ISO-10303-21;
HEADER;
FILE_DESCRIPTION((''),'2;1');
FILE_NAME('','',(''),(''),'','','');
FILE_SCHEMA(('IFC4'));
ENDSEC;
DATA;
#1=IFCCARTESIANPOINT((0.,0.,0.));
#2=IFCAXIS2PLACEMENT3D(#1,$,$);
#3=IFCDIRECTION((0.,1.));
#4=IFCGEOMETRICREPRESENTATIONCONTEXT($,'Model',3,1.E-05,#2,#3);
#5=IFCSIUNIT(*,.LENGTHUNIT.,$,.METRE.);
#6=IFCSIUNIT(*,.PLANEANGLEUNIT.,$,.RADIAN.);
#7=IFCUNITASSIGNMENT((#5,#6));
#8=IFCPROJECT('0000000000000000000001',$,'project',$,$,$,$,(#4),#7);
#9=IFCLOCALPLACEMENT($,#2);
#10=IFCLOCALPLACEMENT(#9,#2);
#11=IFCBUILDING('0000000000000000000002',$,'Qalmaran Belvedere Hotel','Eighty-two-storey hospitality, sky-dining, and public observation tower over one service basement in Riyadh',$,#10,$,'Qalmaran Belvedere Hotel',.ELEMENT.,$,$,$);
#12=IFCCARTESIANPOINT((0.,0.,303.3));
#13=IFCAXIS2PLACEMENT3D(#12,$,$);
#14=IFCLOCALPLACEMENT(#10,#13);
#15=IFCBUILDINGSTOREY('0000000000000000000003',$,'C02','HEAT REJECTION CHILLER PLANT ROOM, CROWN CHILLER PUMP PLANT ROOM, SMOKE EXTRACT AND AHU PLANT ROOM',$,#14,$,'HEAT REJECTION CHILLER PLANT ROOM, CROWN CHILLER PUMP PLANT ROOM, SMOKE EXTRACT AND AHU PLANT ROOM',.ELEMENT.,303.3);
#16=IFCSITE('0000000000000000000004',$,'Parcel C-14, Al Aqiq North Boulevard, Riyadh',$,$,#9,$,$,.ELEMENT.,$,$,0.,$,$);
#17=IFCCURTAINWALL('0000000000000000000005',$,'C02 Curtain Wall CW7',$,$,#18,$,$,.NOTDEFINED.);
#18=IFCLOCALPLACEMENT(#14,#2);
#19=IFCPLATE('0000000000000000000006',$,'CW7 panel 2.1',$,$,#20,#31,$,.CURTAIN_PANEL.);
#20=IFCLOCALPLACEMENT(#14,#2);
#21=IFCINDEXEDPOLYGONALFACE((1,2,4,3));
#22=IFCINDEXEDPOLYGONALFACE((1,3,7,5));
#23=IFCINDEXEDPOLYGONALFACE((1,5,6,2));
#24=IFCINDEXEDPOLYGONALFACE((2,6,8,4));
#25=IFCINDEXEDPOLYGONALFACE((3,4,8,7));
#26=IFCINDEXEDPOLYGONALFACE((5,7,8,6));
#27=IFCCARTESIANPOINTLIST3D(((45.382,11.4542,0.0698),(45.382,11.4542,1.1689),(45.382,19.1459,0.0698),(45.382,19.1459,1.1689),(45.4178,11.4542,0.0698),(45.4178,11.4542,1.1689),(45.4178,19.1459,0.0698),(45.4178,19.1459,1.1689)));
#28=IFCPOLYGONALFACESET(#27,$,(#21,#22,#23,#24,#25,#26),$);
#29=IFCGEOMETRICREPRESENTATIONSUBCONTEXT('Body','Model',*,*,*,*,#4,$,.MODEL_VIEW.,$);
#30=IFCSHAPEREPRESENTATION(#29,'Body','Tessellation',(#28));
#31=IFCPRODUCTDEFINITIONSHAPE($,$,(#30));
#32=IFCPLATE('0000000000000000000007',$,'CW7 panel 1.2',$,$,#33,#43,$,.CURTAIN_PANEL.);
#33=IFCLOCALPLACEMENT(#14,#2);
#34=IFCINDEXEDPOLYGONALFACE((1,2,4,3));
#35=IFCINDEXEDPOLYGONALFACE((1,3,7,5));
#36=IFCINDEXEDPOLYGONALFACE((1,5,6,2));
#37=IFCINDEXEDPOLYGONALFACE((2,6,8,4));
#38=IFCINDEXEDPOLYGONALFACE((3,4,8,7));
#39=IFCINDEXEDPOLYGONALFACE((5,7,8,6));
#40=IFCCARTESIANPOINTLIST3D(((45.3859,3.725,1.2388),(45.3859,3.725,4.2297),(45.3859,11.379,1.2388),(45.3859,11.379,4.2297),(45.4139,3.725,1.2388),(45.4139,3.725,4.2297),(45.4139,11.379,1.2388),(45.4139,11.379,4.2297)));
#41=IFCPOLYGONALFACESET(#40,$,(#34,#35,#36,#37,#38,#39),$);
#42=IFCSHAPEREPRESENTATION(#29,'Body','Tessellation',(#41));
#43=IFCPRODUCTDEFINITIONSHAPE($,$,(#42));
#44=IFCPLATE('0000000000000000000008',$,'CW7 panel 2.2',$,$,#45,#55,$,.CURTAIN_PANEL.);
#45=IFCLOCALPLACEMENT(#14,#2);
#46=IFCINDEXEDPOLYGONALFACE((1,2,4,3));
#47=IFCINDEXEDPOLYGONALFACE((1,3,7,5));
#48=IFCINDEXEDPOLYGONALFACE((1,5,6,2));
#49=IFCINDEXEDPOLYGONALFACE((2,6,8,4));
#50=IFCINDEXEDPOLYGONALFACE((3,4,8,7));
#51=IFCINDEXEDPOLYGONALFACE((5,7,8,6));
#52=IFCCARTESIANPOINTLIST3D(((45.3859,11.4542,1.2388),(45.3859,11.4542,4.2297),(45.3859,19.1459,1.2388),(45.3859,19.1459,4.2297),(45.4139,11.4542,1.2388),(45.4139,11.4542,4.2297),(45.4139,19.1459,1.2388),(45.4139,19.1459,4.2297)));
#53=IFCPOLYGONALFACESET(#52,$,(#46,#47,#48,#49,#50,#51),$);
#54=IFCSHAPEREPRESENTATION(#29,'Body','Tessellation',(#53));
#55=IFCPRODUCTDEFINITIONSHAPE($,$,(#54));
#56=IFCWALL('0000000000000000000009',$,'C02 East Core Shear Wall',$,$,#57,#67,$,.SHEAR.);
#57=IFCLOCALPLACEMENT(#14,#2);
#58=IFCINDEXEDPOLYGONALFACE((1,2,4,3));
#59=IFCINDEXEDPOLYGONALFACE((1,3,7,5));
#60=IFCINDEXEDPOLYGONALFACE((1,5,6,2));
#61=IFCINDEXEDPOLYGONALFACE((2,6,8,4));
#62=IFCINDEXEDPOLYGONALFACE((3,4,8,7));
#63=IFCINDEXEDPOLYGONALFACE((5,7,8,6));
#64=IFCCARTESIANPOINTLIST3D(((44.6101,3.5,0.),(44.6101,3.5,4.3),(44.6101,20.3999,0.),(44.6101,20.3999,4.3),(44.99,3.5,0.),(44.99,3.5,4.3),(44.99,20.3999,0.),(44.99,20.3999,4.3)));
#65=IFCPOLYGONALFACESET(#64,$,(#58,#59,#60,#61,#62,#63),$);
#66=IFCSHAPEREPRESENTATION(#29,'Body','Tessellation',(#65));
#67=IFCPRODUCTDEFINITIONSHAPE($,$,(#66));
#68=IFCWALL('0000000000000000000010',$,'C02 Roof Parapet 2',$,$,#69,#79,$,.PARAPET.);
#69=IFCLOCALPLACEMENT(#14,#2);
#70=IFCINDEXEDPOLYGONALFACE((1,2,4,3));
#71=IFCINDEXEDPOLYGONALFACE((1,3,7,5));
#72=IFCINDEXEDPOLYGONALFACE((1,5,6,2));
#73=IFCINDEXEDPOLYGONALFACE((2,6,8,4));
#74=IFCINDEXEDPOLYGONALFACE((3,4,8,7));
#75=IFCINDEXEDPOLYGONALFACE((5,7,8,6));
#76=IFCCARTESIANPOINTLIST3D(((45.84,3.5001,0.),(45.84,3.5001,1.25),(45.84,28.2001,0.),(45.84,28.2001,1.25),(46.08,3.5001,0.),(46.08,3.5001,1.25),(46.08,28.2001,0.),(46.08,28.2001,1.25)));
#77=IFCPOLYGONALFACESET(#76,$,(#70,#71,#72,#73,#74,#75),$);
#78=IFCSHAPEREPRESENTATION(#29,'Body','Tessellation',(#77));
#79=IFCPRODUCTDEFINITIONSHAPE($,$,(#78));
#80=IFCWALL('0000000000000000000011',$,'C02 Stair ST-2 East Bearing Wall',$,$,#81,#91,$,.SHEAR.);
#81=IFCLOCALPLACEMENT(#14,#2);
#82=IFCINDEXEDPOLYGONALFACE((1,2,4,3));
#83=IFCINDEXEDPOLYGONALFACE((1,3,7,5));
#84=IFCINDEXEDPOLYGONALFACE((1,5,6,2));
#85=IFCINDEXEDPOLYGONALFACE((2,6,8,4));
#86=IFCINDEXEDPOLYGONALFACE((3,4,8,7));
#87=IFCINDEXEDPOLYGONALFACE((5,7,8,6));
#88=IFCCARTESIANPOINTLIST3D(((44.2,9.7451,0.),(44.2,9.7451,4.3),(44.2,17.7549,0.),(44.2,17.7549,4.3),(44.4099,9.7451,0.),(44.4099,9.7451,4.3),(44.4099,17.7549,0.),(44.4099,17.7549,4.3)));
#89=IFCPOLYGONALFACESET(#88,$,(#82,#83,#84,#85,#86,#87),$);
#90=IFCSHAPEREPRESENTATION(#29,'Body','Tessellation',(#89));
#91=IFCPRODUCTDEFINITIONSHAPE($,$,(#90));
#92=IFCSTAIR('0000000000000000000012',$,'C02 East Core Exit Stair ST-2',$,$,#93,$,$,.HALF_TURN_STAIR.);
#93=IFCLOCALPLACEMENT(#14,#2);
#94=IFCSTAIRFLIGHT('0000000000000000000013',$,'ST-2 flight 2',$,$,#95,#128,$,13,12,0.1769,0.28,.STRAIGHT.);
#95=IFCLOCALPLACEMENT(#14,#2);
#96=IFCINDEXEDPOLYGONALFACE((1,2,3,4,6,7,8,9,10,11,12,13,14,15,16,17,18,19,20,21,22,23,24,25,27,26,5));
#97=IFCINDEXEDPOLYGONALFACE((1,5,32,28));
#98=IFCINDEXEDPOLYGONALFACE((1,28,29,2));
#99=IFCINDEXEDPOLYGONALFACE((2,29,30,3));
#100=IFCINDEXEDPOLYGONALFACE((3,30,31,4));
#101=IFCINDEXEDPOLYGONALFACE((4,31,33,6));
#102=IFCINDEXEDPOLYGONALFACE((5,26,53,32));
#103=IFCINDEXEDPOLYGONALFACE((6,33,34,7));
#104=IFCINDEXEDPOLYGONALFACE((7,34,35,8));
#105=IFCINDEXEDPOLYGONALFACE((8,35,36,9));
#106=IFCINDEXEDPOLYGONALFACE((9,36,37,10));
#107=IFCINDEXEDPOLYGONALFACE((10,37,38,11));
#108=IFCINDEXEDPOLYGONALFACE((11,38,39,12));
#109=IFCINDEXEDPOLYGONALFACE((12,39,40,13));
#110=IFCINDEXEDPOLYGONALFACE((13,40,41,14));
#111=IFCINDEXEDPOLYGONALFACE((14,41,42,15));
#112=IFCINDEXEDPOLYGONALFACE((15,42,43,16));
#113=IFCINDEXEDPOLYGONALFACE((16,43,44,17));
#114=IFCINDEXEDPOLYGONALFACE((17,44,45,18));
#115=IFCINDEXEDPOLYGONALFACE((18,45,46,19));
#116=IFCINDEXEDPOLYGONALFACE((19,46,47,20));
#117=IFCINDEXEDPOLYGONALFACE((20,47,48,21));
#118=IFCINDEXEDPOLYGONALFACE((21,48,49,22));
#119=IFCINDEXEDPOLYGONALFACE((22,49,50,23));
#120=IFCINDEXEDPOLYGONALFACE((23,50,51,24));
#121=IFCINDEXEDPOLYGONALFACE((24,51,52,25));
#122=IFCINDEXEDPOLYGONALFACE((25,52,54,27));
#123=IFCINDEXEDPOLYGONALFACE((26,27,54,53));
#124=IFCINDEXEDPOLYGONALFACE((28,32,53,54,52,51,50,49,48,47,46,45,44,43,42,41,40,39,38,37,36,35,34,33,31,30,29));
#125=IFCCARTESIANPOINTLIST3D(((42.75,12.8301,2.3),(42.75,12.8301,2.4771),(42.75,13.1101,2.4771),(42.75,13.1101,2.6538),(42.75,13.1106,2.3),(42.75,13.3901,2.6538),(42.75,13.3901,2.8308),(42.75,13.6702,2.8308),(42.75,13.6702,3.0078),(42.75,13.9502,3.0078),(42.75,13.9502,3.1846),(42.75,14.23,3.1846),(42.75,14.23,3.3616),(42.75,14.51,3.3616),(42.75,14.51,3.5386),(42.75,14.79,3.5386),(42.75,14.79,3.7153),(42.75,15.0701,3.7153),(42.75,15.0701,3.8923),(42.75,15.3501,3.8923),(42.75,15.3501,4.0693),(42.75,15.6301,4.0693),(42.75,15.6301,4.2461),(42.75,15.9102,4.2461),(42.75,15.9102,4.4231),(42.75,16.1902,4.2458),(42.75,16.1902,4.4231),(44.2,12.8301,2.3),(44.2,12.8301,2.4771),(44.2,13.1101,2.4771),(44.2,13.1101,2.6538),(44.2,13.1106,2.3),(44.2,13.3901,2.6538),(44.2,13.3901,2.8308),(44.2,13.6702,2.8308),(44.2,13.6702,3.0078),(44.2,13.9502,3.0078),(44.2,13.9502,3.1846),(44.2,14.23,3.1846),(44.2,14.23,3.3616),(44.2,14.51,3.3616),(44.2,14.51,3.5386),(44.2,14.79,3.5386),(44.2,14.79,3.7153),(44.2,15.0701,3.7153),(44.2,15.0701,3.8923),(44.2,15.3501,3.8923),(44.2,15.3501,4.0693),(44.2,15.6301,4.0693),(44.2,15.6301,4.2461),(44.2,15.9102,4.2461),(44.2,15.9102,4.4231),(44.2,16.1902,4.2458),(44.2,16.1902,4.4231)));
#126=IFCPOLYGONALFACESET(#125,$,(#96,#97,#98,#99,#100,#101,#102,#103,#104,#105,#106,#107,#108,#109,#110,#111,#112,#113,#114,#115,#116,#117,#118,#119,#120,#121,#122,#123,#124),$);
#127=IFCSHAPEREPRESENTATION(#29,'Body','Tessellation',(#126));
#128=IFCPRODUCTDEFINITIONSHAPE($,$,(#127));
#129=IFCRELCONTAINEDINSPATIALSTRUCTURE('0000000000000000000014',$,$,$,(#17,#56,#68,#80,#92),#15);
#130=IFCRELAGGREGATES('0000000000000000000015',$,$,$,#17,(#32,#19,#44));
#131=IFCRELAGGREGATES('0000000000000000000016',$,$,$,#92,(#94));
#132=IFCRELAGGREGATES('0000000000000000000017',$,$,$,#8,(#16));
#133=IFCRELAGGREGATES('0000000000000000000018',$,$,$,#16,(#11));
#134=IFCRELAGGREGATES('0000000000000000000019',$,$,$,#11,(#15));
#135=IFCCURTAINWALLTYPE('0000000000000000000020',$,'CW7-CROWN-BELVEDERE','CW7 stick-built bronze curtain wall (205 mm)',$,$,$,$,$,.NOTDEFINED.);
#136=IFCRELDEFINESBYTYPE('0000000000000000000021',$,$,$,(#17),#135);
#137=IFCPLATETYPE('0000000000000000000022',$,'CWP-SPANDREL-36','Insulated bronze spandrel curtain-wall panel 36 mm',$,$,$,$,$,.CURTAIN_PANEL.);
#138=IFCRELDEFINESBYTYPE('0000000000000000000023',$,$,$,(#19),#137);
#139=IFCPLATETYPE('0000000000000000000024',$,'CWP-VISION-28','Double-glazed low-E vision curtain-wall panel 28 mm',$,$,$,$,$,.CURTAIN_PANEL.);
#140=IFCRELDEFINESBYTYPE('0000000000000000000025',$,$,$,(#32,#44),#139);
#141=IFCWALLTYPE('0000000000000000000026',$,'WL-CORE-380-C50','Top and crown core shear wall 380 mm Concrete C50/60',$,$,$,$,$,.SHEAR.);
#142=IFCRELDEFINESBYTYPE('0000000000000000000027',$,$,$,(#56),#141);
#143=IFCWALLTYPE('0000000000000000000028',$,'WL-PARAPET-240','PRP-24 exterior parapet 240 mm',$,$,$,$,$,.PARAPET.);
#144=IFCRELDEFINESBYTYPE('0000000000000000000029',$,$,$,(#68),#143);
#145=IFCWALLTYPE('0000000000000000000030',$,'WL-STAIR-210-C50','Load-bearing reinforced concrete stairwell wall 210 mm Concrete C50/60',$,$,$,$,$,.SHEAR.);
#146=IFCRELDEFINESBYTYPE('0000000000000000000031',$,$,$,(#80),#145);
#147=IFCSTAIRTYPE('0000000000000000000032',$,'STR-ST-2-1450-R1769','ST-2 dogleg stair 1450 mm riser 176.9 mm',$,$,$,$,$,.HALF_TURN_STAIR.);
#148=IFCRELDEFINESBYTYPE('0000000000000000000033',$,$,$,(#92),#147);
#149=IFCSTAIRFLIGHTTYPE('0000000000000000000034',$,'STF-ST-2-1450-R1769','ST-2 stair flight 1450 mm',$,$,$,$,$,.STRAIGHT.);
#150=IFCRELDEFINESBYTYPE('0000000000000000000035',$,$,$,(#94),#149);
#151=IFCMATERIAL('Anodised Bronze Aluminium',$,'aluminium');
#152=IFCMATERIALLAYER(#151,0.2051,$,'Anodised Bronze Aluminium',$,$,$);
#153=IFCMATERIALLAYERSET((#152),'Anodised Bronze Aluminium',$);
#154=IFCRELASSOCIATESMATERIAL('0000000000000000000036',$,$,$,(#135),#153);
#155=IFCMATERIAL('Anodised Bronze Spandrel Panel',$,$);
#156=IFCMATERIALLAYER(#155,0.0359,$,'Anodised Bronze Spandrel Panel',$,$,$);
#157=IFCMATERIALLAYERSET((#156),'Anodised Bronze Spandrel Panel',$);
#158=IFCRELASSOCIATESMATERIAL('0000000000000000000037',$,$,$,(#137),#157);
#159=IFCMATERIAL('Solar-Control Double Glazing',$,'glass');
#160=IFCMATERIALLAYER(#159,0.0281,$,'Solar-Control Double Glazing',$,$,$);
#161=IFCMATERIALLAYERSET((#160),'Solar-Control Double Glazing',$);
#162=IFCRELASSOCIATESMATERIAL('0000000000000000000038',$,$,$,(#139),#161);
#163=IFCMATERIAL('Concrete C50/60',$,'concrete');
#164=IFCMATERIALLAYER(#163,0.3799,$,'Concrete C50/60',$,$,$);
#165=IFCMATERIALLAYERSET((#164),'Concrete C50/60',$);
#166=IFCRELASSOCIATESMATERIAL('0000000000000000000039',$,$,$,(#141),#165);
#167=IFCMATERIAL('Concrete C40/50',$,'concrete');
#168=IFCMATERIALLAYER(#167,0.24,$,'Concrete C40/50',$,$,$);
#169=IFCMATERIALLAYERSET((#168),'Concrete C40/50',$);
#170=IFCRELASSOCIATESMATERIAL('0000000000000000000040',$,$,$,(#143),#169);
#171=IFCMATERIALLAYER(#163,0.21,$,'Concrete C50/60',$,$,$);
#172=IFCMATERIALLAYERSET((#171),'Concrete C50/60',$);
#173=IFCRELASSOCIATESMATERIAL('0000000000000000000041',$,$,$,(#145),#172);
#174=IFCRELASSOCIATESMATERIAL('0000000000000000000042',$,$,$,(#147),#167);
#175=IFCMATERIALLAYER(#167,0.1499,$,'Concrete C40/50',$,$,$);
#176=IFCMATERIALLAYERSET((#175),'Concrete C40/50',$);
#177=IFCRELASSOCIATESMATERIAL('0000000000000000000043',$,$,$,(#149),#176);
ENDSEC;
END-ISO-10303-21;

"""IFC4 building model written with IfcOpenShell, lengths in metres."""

from ifc_helpers import new_model, si_unit, direction, frame, frame_2d, origin, origin_2d, place, context, subcontext, project, spatial, polyline, rectangle, outline, extrude, material, layer, layer_set, type_object, element, aggregate, save


model = new_model("IFC4")

# Units and contexts
model_context = context("Model", 3, precision=1e-05, world=origin(), true_north=direction((0.0, 1.0)))
body_context = subcontext(model_context, "Body", "Model", "MODEL_VIEW")
ifc_project = project(units=[si_unit("LENGTHUNIT", "METRE"), si_unit("PLANEANGLEUNIT", "RADIAN")], contexts=[model_context])

# Site, building, storey
site_placement = place(None, origin())
site = spatial("IfcSite", under=ifc_project, at=site_placement, Name="Parcel C-14, Al Aqiq North Boulevard, Riyadh", CompositionType="ELEMENT", RefElevation=0.0)
building_placement = place(site_placement, origin())
building = spatial("IfcBuilding", under=site, at=building_placement, Name="Qalmaran Belvedere Hotel", Description="Eighty-two-storey hospitality, sky-dining, and public observation tower over one service basement in Riyadh", LongName="Qalmaran Belvedere Hotel", CompositionType="ELEMENT")
storey_placement = place(building_placement, frame((0.0, 0.0, 303.3)))
storey = spatial("IfcBuildingStorey", under=building, at=storey_placement, Name="C02", Description="HEAT REJECTION CHILLER PLANT ROOM, CROWN CHILLER PUMP PLANT ROOM, SMOKE EXTRACT AND AHU PLANT ROOM", LongName="HEAT REJECTION CHILLER PLANT ROOM, CROWN CHILLER PUMP PLANT ROOM, SMOKE EXTRACT AND AHU PLANT ROOM", CompositionType="ELEMENT", Elevation=303.3)

# Shared definitions
ifc_material_1 = material(Name="Concrete C50/60", Category="concrete")

# Curtain wall, plates
ifc_material_2 = material(Name="Anodised Bronze Aluminium", Category="aluminium")
ifc_layer_1 = layer(ifc_material_2, 0.2051, Name="Anodised Bronze Aluminium")
ifc_layer_set_1 = layer_set([ifc_layer_1], Name="Anodised Bronze Aluminium")
curtain_wall_type = type_object("IfcCurtainWallType", Name="CW7-CROWN-BELVEDERE", Description="CW7 stick-built bronze curtain wall (205 mm)", PredefinedType="NOTDEFINED", material=ifc_layer_set_1)
curtain_wall_placement = place(storey_placement, origin())
curtain_wall = element("IfcCurtainWall", 1, at=curtain_wall_placement, inside=storey, type_object=curtain_wall_type, Name="C02 Curtain Wall CW7", PredefinedType="NOTDEFINED")
ifc_material_3 = material(Name="Anodised Bronze Spandrel Panel")
ifc_layer_2 = layer(ifc_material_3, 0.0359, Name="Anodised Bronze Spandrel Panel")
ifc_layer_set_2 = layer_set([ifc_layer_2], Name="Anodised Bronze Spandrel Panel")
plate_type_1 = type_object("IfcPlateType", Name="CWP-SPANDREL-36", Description="Insulated bronze spandrel curtain-wall panel 36 mm", PredefinedType="CURTAIN_PANEL", material=ifc_layer_set_2)
plate_1_placement = place(storey_placement, frame((45.3999, 15.3, 0.0698), z_axis=(0.0, 0.0, 1.0), x_axis=(0.0, 1.0, 0.0)))
plate_1 = element("IfcPlate", 2, at=plate_1_placement, type_object=plate_type_1, Name="CW7 panel 2.1", PredefinedType="CURTAIN_PANEL", context=body_context, shape_type="SweptSolid", body=[
    extrude(rectangle(XDim=7.6917, YDim=0.0359, at=origin_2d()), origin(), (0.0, 0.0, 1.0), 1.0991),
])
ifc_material_4 = material(Name="Solar-Control Double Glazing", Category="glass")
ifc_layer_3 = layer(ifc_material_4, 0.0281, Name="Solar-Control Double Glazing")
ifc_layer_set_3 = layer_set([ifc_layer_3], Name="Solar-Control Double Glazing")
plate_type_2 = type_object("IfcPlateType", Name="CWP-VISION-28", Description="Double-glazed low-E vision curtain-wall panel 28 mm", PredefinedType="CURTAIN_PANEL", material=ifc_layer_set_3)
plate_2_placement = place(storey_placement, frame((45.3999, 7.552, 1.2388), z_axis=(0.0, 0.0, 1.0), x_axis=(0.0, 1.0, 0.0)))
plate_2 = element("IfcPlate", 3, at=plate_2_placement, type_object=plate_type_2, Name="CW7 panel 1.2", PredefinedType="CURTAIN_PANEL", context=body_context, shape_type="SweptSolid", body=[
    extrude(rectangle(XDim=7.6541, YDim=0.0281, at=origin_2d()), origin(), (0.0, 0.0, 1.0), 2.991),
])
plate_3_placement = place(storey_placement, frame((45.3999, 15.3, 1.2388), z_axis=(0.0, 0.0, 1.0), x_axis=(0.0, 1.0, 0.0)))
plate_3 = element("IfcPlate", 4, at=plate_3_placement, type_object=plate_type_2, Name="CW7 panel 2.2", PredefinedType="CURTAIN_PANEL", context=body_context, shape_type="SweptSolid", body=[
    extrude(rectangle(XDim=7.6917, YDim=0.0281, at=origin_2d()), origin(), (0.0, 0.0, 1.0), 2.991),
])
aggregate(curtain_wall, [plate_2, plate_1, plate_3])

# Walls
ifc_layer_4 = layer(ifc_material_1, 0.3799, Name="Concrete C50/60")
ifc_layer_set_4 = layer_set([ifc_layer_4], Name="Concrete C50/60")
wall_type_1 = type_object("IfcWallType", Name="WL-CORE-380-C50", Description="Top and crown core shear wall 380 mm Concrete C50/60", PredefinedType="SHEAR", material=ifc_layer_set_4)
wall_1_placement = place(storey_placement, frame((44.8, 3.5, 0.0), z_axis=(0.0, 0.0, 1.0), x_axis=(0.0, 1.0, 0.0)))
element("IfcWall", 5, at=wall_1_placement, inside=storey, type_object=wall_type_1, Name="C02 East Core Shear Wall", PredefinedType="SHEAR", context=body_context, shape_type="SweptSolid", body=[
    extrude(rectangle(XDim=16.8999, YDim=0.3799, at=frame_2d((8.45, 0.0))), origin(), (0.0, 0.0, 1.0), 4.3),
])
ifc_material_5 = material(Name="Concrete C40/50", Category="concrete")
ifc_layer_5 = layer(ifc_material_5, 0.24, Name="Concrete C40/50")
ifc_layer_set_5 = layer_set([ifc_layer_5], Name="Concrete C40/50")
wall_type_2 = type_object("IfcWallType", Name="WL-PARAPET-240", Description="PRP-24 exterior parapet 240 mm", PredefinedType="PARAPET", material=ifc_layer_set_5)
wall_2_placement = place(storey_placement, frame((45.96, 3.5, 0.0), z_axis=(0.0, 0.0, 1.0), x_axis=(0.0, 1.0, 0.0)))
element("IfcWall", 6, at=wall_2_placement, inside=storey, type_object=wall_type_2, Name="C02 Roof Parapet 2", PredefinedType="PARAPET", context=body_context, shape_type="SweptSolid", body=[
    extrude(rectangle(XDim=24.7, YDim=0.24, at=frame_2d((12.3501, 0.0))), origin(), (0.0, 0.0, 1.0), 1.25),
])
ifc_layer_6 = layer(ifc_material_1, 0.21, Name="Concrete C50/60")
ifc_layer_set_6 = layer_set([ifc_layer_6], Name="Concrete C50/60")
wall_type_3 = type_object("IfcWallType", Name="WL-STAIR-210-C50", Description="Load-bearing reinforced concrete stairwell wall 210 mm Concrete C50/60", PredefinedType="SHEAR", material=ifc_layer_set_6)
wall_3_placement = place(storey_placement, frame((44.3049, 9.7451, 0.0), z_axis=(0.0, 0.0, 1.0), x_axis=(0.0, 1.0, 0.0)))
element("IfcWall", 7, at=wall_3_placement, inside=storey, type_object=wall_type_3, Name="C02 Stair ST-2 East Bearing Wall", PredefinedType="SHEAR", context=body_context, shape_type="SweptSolid", body=[
    extrude(rectangle(XDim=8.0098, YDim=0.21, at=frame_2d((4.0049, 0.0))), origin(), (0.0, 0.0, 1.0), 4.3),
])

# Stair, stair flight
stair_type = type_object("IfcStairType", Name="STR-ST-2-1450-R1769", Description="ST-2 dogleg stair 1450 mm riser 176.9 mm", PredefinedType="HALF_TURN_STAIR", material=ifc_material_5)
stair_placement = place(storey_placement, origin())
stair = element("IfcStair", 8, at=stair_placement, inside=storey, type_object=stair_type, Name="C02 East Core Exit Stair ST-2", PredefinedType="HALF_TURN_STAIR")
ifc_layer_7 = layer(ifc_material_5, 0.1499, Name="Concrete C40/50")
ifc_layer_set_7 = layer_set([ifc_layer_7], Name="Concrete C40/50")
stair_flight_type = type_object("IfcStairFlightType", Name="STF-ST-2-1450-R1769", Description="ST-2 stair flight 1450 mm", PredefinedType="STRAIGHT", material=ifc_layer_set_7)
stair_flight_placement = place(storey_placement, frame((43.4751, 12.8301, 2.3), z_axis=(0.0, 0.0, 1.0), x_axis=(0.0, 1.0, 0.0)))
stair_flight = element("IfcStairFlight", 9, at=stair_flight_placement, type_object=stair_flight_type, Name="ST-2 flight 2", NumberOfRisers=13, NumberOfTreads=12, PredefinedType="STRAIGHT", RiserHeight=0.1769, TreadLength=0.28, context=body_context, shape_type="SweptSolid", body=[
    extrude(outline(polyline([(0.0, 0.0), (0.0, 0.177), (0.28, 0.177), (0.28, 0.3538), (0.5601, 0.3538), (0.5601, 0.5308), (0.8401, 0.5308), (0.8401, 0.7078), (1.1201, 0.7078), (1.1201, 0.8845), (1.3999, 0.8845), (1.3999, 1.0615), (1.6799, 1.0615), (1.6799, 1.2385), (1.96, 1.2385), (1.96, 1.4153), (2.24, 1.4153), (2.24, 1.5923), (2.52, 1.5923), (2.52, 1.7693), (2.8, 1.7693), (2.8, 1.946), (3.0801, 1.946), (3.0801, 2.123), (3.3601, 2.123), (3.3601, 2.3), (3.3601, 1.9458), (0.2805, 0.0), (0.0, 0.0)])), frame((0.0, 0.7251, 0.0), z_axis=(0.0, -1.0, 0.0), x_axis=(1.0, 0.0, 0.0)), (0.0, 0.0, 1.0), 1.45),
])
aggregate(stair, [stair_flight])

save(model, "model.ifc")
